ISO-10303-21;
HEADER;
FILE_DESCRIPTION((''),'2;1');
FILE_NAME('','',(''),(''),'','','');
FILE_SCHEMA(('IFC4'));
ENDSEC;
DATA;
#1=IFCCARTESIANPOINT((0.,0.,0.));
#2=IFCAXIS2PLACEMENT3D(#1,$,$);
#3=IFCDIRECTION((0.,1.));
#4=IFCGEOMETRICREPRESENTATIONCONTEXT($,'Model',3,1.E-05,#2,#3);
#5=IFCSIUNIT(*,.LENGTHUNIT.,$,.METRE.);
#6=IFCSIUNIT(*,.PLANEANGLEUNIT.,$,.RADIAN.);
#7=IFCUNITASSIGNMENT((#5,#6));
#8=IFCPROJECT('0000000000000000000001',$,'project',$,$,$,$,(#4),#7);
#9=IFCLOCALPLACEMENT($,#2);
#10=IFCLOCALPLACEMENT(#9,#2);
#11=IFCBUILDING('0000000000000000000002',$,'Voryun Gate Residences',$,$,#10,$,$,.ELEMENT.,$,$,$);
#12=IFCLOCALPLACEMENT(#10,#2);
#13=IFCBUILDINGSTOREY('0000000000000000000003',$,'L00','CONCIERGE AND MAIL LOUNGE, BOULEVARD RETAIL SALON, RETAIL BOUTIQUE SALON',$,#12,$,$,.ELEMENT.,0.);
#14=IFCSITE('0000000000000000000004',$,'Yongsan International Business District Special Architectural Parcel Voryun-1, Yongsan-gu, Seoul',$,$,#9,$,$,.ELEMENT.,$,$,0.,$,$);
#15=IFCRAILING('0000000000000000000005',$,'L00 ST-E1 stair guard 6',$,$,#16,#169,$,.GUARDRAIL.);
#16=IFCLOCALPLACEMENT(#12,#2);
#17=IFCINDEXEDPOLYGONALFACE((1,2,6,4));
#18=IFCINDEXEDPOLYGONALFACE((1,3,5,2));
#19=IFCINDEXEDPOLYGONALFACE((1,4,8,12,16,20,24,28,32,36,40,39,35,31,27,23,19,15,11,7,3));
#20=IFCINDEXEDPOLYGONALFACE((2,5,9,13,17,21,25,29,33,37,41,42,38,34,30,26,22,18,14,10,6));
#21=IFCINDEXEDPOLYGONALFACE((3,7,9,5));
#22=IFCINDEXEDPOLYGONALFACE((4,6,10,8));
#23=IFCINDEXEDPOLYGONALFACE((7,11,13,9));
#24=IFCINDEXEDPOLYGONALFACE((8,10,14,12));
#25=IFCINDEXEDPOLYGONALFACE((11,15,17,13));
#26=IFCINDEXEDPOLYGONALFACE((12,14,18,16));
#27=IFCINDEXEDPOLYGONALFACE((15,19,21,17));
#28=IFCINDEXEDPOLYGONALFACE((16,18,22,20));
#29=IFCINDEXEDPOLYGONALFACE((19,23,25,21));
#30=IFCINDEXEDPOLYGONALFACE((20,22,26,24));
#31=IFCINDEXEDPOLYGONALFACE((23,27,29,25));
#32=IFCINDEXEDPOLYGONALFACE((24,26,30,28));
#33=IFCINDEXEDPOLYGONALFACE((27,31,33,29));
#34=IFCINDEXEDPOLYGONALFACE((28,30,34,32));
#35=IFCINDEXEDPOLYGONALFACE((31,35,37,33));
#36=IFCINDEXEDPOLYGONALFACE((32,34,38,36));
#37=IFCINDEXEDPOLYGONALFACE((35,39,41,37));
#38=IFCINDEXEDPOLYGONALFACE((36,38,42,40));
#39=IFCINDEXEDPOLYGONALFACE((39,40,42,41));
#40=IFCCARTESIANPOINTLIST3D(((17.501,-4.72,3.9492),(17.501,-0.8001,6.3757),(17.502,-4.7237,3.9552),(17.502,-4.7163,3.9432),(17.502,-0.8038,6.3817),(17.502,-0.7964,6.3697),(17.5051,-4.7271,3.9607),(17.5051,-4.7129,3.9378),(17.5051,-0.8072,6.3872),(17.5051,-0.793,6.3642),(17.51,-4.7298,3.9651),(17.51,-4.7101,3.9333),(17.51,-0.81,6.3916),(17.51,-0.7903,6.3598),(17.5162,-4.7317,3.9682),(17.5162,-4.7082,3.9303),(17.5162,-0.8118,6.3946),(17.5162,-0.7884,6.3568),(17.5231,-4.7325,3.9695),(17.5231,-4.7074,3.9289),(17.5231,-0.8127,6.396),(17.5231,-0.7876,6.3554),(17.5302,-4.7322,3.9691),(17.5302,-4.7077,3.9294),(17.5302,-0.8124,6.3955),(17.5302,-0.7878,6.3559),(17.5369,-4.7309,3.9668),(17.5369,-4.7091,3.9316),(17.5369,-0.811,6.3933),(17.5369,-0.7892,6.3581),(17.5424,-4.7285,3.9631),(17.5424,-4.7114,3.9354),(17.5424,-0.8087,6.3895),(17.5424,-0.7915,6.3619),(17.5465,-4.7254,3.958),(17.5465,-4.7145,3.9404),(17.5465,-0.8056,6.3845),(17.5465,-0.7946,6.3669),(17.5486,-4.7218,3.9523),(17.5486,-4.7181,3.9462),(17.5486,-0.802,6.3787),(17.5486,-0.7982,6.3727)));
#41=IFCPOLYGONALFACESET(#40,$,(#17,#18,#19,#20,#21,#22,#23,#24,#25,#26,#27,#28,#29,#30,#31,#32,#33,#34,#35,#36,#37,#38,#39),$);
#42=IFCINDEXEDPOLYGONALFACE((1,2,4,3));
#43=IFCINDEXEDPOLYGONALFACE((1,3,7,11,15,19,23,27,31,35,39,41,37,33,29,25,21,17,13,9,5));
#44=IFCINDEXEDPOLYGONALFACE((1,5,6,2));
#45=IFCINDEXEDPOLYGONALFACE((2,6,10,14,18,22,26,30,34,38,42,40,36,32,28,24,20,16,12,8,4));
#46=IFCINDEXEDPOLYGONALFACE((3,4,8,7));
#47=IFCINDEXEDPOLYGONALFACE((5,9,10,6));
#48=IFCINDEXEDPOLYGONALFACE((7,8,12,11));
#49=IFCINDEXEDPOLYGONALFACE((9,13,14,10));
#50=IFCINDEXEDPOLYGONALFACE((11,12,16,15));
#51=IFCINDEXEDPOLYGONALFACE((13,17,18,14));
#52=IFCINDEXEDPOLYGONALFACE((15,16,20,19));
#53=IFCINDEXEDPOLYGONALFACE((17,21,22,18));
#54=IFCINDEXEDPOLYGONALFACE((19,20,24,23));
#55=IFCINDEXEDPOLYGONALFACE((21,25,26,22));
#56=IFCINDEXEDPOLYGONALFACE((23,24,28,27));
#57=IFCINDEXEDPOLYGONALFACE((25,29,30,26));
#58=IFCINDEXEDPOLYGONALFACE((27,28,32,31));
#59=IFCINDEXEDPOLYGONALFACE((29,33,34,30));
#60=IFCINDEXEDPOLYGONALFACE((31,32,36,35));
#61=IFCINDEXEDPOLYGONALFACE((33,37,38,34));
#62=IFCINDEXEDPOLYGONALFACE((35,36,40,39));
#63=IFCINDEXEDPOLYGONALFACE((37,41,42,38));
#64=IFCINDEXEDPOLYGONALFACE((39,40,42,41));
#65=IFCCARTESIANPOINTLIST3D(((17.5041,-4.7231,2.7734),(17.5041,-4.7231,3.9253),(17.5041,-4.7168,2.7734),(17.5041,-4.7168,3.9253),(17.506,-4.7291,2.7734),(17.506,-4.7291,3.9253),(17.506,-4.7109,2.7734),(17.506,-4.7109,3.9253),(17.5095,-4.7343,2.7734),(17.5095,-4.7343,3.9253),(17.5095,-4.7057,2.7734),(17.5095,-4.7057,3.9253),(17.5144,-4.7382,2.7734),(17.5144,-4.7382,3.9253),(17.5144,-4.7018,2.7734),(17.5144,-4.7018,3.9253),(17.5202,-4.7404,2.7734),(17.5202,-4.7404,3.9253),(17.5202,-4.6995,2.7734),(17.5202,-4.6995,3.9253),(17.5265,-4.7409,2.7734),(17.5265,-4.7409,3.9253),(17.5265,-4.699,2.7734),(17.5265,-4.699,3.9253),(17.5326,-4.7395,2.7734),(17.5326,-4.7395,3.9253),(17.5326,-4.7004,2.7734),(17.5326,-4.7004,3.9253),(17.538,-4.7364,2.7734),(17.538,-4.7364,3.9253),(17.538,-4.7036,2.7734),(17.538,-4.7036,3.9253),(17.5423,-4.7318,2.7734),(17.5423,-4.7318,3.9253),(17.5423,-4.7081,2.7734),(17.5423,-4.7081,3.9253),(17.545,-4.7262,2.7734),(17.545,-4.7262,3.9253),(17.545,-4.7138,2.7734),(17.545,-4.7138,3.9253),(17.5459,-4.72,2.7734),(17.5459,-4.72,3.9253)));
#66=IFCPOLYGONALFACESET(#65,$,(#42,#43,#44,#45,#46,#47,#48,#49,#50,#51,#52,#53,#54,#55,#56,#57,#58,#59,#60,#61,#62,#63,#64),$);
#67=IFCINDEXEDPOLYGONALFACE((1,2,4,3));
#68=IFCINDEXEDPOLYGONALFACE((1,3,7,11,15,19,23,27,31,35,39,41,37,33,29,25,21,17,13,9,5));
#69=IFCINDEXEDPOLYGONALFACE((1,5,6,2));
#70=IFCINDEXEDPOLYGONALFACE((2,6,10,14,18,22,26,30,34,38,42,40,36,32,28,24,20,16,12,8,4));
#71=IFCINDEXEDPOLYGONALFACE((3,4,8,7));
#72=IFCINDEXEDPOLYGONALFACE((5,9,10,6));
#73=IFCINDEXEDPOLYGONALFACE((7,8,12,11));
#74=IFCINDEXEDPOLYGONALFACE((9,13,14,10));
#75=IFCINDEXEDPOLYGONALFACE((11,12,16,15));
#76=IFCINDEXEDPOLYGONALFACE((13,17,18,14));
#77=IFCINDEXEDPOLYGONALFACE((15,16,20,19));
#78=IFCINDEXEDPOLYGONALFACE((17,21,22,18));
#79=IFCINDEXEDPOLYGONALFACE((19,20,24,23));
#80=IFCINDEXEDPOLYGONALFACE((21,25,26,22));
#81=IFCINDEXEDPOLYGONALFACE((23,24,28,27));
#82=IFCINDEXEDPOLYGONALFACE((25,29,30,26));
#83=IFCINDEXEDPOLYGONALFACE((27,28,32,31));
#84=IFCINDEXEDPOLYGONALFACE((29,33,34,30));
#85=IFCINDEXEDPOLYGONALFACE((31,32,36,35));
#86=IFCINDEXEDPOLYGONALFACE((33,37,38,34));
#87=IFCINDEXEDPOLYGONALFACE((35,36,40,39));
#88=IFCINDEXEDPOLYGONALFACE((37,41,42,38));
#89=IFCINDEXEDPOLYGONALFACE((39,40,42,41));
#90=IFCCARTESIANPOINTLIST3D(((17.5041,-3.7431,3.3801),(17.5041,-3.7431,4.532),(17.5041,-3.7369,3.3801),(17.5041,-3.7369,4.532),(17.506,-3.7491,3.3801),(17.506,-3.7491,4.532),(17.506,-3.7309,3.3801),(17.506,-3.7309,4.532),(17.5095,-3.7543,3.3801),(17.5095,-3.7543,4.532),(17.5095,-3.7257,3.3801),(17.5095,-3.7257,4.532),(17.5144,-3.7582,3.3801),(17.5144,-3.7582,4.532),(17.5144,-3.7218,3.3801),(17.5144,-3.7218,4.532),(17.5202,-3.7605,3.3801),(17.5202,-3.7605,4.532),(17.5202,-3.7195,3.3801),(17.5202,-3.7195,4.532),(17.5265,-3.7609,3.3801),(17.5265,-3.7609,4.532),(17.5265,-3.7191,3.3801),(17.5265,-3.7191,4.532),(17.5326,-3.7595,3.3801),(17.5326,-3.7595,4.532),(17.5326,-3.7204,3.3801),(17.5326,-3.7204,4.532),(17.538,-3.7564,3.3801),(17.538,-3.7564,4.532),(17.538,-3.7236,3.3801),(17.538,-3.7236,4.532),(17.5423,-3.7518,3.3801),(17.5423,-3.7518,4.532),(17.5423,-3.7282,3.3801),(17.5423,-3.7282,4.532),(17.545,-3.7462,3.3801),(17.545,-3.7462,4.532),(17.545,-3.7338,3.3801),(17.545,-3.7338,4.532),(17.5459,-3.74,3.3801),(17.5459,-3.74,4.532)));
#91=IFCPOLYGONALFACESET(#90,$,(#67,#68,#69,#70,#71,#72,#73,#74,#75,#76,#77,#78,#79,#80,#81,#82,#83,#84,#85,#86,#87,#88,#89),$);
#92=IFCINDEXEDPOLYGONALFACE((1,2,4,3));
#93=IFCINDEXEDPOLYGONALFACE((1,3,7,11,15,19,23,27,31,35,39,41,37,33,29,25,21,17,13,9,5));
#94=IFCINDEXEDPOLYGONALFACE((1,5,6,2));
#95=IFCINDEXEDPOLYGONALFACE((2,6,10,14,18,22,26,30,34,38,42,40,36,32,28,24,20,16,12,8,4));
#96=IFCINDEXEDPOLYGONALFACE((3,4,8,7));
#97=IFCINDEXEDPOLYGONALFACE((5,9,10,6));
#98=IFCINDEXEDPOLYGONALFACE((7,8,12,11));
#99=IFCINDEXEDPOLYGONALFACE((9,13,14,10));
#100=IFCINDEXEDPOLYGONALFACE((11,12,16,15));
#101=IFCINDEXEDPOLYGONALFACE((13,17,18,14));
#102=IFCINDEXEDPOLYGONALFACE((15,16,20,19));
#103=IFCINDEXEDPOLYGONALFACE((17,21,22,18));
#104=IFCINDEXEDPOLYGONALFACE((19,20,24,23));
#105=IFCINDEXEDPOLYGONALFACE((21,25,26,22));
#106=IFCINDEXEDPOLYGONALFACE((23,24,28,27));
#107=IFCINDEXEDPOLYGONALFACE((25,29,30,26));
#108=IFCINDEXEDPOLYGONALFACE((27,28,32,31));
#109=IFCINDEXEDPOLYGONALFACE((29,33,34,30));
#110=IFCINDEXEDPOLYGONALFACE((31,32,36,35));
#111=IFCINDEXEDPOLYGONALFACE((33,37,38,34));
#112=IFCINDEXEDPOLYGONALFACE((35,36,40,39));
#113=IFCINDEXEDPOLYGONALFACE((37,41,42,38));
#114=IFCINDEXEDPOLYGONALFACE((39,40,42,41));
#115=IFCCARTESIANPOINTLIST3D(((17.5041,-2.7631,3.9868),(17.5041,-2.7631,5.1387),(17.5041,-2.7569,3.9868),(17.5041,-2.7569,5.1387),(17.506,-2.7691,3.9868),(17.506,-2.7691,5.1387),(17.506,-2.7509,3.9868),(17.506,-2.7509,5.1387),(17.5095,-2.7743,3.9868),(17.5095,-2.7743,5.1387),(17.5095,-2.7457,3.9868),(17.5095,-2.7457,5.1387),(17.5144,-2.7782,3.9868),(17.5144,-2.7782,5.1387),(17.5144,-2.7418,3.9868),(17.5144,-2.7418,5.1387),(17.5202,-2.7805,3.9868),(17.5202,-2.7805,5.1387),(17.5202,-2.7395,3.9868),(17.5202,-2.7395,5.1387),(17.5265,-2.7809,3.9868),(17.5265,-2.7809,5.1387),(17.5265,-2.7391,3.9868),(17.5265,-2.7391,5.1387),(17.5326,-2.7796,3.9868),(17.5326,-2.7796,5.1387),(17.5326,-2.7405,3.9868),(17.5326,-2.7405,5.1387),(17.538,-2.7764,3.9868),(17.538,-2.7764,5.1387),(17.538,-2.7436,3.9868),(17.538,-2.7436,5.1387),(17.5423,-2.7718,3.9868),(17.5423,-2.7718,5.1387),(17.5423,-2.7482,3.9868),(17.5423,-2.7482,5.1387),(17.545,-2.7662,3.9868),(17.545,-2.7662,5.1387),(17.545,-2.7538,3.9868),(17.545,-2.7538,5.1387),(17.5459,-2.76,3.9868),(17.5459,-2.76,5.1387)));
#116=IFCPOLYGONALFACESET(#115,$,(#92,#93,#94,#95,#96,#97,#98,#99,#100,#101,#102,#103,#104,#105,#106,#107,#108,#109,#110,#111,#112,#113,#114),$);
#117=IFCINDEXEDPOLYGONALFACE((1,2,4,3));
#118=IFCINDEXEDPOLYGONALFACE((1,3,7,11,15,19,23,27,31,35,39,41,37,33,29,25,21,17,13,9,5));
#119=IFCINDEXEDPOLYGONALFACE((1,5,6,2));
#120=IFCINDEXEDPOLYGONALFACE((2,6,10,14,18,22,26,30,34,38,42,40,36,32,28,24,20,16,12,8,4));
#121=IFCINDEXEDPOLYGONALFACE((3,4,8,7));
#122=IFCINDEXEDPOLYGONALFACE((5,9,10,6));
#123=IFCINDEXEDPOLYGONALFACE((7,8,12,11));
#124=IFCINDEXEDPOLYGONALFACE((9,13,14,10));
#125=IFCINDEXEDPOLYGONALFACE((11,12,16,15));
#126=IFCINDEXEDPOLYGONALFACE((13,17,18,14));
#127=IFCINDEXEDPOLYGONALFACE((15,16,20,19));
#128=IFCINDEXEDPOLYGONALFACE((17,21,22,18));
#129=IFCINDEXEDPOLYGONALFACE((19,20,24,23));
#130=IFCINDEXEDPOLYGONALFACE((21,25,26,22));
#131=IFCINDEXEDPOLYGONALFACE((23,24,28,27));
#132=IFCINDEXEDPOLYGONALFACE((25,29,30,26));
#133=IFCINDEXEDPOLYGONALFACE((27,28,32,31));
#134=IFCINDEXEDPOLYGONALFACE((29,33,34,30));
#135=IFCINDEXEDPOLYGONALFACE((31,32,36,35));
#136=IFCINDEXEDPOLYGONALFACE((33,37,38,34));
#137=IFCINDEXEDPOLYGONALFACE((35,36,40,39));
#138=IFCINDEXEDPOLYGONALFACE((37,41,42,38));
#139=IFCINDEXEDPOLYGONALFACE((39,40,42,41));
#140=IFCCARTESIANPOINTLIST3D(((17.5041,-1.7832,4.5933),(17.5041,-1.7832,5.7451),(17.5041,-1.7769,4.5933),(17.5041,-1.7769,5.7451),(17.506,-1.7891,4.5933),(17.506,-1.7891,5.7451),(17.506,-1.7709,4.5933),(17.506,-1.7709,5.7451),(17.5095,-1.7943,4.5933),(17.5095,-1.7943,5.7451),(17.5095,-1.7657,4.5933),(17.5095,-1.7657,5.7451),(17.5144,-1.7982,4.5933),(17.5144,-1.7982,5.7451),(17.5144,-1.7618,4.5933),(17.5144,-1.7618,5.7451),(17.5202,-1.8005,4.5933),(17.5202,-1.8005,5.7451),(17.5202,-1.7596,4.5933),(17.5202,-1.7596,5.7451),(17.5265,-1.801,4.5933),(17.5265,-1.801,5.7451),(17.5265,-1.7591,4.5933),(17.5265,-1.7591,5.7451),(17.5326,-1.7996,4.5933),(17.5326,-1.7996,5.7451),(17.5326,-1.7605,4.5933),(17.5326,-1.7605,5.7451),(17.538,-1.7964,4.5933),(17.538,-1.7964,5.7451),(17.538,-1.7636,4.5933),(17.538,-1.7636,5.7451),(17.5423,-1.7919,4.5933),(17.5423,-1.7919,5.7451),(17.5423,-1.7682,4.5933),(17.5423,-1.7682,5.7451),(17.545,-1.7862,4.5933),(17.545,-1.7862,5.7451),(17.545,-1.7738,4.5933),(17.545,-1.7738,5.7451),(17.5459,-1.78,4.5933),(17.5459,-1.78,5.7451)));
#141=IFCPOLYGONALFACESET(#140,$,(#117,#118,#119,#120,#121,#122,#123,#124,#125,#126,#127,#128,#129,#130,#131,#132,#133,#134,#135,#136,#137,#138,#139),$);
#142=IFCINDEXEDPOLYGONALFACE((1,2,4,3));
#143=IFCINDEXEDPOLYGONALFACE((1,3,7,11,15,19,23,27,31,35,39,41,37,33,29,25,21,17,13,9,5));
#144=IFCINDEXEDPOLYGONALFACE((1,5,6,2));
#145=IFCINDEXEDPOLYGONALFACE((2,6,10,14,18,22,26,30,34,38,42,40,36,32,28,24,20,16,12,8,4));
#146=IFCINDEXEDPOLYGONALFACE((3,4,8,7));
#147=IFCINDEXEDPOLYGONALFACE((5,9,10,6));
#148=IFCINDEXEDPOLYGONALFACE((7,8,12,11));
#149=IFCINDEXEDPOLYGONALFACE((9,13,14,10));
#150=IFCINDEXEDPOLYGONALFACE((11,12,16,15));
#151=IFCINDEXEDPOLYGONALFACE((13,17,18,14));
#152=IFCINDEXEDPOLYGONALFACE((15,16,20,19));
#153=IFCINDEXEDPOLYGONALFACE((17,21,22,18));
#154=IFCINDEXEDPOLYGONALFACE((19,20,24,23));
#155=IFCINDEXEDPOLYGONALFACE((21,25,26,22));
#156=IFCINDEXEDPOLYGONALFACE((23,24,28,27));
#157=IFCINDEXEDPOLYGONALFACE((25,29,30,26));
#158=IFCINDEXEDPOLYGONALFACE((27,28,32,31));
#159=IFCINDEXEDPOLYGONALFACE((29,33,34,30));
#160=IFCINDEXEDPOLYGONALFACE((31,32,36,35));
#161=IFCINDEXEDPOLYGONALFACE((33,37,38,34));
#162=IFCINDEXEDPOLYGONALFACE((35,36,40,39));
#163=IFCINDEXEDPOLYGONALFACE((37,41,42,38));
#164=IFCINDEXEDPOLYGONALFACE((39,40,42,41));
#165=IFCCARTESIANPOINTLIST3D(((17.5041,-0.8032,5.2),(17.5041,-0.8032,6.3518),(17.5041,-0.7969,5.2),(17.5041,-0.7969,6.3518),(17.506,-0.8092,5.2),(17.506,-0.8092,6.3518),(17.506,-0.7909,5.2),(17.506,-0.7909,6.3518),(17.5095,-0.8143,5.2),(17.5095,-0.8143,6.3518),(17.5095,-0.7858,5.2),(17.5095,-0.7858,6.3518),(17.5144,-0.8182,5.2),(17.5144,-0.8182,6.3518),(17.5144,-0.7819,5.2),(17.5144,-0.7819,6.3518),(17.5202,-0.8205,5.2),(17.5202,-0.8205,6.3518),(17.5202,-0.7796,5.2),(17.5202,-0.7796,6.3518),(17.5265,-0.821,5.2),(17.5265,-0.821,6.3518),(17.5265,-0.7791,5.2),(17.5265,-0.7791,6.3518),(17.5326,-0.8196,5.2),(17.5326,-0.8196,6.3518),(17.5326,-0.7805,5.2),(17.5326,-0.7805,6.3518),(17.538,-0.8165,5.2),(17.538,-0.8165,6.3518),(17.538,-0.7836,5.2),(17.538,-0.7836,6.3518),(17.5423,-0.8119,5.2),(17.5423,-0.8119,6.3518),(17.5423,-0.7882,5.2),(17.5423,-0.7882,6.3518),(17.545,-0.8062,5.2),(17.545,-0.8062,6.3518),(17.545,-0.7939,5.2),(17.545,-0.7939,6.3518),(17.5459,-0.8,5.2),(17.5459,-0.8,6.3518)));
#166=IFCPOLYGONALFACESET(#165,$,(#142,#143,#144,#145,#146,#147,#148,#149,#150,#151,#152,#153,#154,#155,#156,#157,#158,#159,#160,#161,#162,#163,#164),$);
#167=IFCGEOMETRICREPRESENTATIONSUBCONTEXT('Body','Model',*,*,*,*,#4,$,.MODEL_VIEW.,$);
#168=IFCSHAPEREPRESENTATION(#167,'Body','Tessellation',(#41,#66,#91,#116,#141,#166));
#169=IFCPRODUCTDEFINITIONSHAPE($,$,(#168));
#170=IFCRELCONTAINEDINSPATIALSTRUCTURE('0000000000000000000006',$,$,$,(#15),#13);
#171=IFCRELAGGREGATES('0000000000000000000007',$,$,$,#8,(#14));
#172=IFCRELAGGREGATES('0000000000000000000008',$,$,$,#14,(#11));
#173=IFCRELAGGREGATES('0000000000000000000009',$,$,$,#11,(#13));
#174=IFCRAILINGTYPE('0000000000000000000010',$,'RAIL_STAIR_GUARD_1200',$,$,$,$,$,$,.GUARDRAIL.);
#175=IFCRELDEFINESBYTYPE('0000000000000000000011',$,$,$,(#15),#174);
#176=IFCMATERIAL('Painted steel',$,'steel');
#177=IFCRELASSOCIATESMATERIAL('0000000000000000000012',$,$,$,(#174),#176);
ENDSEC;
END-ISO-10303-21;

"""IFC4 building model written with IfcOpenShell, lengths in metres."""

from ifc_helpers import new_model, si_unit, direction, frame, origin, origin_2d, place, context, subcontext, project, spatial, circle, extrude, material, type_object, element, save


model = new_model("IFC4")

# Units and contexts
model_context = context("Model", 3, precision=1e-05, world=origin(), true_north=direction((0.0, 1.0)))
body_context = subcontext(model_context, "Body", "Model", "MODEL_VIEW")
ifc_project = project(units=[si_unit("LENGTHUNIT", "METRE"), si_unit("PLANEANGLEUNIT", "RADIAN")], contexts=[model_context])

# Site, building, storey
site_placement = place(None, origin())
site = spatial("IfcSite", under=ifc_project, at=site_placement, Name="Yongsan International Business District Special Architectural Parcel Voryun-1, Yongsan-gu, Seoul", CompositionType="ELEMENT", RefElevation=0.0)
building_placement = place(site_placement, origin())
building = spatial("IfcBuilding", under=site, at=building_placement, Name="Voryun Gate Residences", CompositionType="ELEMENT")
storey_placement = place(building_placement, origin())
storey = spatial("IfcBuildingStorey", under=building, at=storey_placement, Name="L00", Description="CONCIERGE AND MAIL LOUNGE, BOULEVARD RETAIL SALON, RETAIL BOUTIQUE SALON", CompositionType="ELEMENT", Elevation=0.0)

# Railing
ifc_material_1 = material(Name="Painted steel", Category="steel")
railing_type_1 = type_object("IfcRailingType", Name="RAIL_STAIR_GUARD_1200", PredefinedType="GUARDRAIL", material=ifc_material_1)
railing_1_placement = place(storey_placement, frame((17.5249, -4.72, 2.7734)))
element("IfcRailing", 1, at=railing_1_placement, inside=storey, type_object=railing_type_1, Name="L00 ST-E1 stair guard 6", PredefinedType="GUARDRAIL", context=body_context, shape_type="SweptSolid", body=[
    extrude(circle(Radius=0.0239, at=origin_2d()), frame((0.0, 0.0, 1.1758), z_axis=(0.0, 0.850275, 0.526338), x_axis=(-1.0, 0.0, 0.0)), (0.0, 0.0, 1.0), 4.6101),
    extrude(circle(Radius=0.021, at=origin_2d()), origin(), (0.0, 0.0, 1.0), 1.1519),
    extrude(circle(Radius=0.021, at=origin_2d()), frame((0.0, 0.98, 0.6067)), (0.0, 0.0, 1.0), 1.1519),
    extrude(circle(Radius=0.021, at=origin_2d()), frame((0.0, 1.96, 1.2134)), (0.0, 0.0, 1.0), 1.1519),
    extrude(circle(Radius=0.021, at=origin_2d()), frame((0.0, 2.9399, 1.8198)), (0.0, 0.0, 1.0), 1.1519),
    extrude(circle(Radius=0.021, at=origin_2d()), frame((0.0, 3.9199, 2.4265)), (0.0, 0.0, 1.0), 1.1519),
])

save(model, "model.ifc")
